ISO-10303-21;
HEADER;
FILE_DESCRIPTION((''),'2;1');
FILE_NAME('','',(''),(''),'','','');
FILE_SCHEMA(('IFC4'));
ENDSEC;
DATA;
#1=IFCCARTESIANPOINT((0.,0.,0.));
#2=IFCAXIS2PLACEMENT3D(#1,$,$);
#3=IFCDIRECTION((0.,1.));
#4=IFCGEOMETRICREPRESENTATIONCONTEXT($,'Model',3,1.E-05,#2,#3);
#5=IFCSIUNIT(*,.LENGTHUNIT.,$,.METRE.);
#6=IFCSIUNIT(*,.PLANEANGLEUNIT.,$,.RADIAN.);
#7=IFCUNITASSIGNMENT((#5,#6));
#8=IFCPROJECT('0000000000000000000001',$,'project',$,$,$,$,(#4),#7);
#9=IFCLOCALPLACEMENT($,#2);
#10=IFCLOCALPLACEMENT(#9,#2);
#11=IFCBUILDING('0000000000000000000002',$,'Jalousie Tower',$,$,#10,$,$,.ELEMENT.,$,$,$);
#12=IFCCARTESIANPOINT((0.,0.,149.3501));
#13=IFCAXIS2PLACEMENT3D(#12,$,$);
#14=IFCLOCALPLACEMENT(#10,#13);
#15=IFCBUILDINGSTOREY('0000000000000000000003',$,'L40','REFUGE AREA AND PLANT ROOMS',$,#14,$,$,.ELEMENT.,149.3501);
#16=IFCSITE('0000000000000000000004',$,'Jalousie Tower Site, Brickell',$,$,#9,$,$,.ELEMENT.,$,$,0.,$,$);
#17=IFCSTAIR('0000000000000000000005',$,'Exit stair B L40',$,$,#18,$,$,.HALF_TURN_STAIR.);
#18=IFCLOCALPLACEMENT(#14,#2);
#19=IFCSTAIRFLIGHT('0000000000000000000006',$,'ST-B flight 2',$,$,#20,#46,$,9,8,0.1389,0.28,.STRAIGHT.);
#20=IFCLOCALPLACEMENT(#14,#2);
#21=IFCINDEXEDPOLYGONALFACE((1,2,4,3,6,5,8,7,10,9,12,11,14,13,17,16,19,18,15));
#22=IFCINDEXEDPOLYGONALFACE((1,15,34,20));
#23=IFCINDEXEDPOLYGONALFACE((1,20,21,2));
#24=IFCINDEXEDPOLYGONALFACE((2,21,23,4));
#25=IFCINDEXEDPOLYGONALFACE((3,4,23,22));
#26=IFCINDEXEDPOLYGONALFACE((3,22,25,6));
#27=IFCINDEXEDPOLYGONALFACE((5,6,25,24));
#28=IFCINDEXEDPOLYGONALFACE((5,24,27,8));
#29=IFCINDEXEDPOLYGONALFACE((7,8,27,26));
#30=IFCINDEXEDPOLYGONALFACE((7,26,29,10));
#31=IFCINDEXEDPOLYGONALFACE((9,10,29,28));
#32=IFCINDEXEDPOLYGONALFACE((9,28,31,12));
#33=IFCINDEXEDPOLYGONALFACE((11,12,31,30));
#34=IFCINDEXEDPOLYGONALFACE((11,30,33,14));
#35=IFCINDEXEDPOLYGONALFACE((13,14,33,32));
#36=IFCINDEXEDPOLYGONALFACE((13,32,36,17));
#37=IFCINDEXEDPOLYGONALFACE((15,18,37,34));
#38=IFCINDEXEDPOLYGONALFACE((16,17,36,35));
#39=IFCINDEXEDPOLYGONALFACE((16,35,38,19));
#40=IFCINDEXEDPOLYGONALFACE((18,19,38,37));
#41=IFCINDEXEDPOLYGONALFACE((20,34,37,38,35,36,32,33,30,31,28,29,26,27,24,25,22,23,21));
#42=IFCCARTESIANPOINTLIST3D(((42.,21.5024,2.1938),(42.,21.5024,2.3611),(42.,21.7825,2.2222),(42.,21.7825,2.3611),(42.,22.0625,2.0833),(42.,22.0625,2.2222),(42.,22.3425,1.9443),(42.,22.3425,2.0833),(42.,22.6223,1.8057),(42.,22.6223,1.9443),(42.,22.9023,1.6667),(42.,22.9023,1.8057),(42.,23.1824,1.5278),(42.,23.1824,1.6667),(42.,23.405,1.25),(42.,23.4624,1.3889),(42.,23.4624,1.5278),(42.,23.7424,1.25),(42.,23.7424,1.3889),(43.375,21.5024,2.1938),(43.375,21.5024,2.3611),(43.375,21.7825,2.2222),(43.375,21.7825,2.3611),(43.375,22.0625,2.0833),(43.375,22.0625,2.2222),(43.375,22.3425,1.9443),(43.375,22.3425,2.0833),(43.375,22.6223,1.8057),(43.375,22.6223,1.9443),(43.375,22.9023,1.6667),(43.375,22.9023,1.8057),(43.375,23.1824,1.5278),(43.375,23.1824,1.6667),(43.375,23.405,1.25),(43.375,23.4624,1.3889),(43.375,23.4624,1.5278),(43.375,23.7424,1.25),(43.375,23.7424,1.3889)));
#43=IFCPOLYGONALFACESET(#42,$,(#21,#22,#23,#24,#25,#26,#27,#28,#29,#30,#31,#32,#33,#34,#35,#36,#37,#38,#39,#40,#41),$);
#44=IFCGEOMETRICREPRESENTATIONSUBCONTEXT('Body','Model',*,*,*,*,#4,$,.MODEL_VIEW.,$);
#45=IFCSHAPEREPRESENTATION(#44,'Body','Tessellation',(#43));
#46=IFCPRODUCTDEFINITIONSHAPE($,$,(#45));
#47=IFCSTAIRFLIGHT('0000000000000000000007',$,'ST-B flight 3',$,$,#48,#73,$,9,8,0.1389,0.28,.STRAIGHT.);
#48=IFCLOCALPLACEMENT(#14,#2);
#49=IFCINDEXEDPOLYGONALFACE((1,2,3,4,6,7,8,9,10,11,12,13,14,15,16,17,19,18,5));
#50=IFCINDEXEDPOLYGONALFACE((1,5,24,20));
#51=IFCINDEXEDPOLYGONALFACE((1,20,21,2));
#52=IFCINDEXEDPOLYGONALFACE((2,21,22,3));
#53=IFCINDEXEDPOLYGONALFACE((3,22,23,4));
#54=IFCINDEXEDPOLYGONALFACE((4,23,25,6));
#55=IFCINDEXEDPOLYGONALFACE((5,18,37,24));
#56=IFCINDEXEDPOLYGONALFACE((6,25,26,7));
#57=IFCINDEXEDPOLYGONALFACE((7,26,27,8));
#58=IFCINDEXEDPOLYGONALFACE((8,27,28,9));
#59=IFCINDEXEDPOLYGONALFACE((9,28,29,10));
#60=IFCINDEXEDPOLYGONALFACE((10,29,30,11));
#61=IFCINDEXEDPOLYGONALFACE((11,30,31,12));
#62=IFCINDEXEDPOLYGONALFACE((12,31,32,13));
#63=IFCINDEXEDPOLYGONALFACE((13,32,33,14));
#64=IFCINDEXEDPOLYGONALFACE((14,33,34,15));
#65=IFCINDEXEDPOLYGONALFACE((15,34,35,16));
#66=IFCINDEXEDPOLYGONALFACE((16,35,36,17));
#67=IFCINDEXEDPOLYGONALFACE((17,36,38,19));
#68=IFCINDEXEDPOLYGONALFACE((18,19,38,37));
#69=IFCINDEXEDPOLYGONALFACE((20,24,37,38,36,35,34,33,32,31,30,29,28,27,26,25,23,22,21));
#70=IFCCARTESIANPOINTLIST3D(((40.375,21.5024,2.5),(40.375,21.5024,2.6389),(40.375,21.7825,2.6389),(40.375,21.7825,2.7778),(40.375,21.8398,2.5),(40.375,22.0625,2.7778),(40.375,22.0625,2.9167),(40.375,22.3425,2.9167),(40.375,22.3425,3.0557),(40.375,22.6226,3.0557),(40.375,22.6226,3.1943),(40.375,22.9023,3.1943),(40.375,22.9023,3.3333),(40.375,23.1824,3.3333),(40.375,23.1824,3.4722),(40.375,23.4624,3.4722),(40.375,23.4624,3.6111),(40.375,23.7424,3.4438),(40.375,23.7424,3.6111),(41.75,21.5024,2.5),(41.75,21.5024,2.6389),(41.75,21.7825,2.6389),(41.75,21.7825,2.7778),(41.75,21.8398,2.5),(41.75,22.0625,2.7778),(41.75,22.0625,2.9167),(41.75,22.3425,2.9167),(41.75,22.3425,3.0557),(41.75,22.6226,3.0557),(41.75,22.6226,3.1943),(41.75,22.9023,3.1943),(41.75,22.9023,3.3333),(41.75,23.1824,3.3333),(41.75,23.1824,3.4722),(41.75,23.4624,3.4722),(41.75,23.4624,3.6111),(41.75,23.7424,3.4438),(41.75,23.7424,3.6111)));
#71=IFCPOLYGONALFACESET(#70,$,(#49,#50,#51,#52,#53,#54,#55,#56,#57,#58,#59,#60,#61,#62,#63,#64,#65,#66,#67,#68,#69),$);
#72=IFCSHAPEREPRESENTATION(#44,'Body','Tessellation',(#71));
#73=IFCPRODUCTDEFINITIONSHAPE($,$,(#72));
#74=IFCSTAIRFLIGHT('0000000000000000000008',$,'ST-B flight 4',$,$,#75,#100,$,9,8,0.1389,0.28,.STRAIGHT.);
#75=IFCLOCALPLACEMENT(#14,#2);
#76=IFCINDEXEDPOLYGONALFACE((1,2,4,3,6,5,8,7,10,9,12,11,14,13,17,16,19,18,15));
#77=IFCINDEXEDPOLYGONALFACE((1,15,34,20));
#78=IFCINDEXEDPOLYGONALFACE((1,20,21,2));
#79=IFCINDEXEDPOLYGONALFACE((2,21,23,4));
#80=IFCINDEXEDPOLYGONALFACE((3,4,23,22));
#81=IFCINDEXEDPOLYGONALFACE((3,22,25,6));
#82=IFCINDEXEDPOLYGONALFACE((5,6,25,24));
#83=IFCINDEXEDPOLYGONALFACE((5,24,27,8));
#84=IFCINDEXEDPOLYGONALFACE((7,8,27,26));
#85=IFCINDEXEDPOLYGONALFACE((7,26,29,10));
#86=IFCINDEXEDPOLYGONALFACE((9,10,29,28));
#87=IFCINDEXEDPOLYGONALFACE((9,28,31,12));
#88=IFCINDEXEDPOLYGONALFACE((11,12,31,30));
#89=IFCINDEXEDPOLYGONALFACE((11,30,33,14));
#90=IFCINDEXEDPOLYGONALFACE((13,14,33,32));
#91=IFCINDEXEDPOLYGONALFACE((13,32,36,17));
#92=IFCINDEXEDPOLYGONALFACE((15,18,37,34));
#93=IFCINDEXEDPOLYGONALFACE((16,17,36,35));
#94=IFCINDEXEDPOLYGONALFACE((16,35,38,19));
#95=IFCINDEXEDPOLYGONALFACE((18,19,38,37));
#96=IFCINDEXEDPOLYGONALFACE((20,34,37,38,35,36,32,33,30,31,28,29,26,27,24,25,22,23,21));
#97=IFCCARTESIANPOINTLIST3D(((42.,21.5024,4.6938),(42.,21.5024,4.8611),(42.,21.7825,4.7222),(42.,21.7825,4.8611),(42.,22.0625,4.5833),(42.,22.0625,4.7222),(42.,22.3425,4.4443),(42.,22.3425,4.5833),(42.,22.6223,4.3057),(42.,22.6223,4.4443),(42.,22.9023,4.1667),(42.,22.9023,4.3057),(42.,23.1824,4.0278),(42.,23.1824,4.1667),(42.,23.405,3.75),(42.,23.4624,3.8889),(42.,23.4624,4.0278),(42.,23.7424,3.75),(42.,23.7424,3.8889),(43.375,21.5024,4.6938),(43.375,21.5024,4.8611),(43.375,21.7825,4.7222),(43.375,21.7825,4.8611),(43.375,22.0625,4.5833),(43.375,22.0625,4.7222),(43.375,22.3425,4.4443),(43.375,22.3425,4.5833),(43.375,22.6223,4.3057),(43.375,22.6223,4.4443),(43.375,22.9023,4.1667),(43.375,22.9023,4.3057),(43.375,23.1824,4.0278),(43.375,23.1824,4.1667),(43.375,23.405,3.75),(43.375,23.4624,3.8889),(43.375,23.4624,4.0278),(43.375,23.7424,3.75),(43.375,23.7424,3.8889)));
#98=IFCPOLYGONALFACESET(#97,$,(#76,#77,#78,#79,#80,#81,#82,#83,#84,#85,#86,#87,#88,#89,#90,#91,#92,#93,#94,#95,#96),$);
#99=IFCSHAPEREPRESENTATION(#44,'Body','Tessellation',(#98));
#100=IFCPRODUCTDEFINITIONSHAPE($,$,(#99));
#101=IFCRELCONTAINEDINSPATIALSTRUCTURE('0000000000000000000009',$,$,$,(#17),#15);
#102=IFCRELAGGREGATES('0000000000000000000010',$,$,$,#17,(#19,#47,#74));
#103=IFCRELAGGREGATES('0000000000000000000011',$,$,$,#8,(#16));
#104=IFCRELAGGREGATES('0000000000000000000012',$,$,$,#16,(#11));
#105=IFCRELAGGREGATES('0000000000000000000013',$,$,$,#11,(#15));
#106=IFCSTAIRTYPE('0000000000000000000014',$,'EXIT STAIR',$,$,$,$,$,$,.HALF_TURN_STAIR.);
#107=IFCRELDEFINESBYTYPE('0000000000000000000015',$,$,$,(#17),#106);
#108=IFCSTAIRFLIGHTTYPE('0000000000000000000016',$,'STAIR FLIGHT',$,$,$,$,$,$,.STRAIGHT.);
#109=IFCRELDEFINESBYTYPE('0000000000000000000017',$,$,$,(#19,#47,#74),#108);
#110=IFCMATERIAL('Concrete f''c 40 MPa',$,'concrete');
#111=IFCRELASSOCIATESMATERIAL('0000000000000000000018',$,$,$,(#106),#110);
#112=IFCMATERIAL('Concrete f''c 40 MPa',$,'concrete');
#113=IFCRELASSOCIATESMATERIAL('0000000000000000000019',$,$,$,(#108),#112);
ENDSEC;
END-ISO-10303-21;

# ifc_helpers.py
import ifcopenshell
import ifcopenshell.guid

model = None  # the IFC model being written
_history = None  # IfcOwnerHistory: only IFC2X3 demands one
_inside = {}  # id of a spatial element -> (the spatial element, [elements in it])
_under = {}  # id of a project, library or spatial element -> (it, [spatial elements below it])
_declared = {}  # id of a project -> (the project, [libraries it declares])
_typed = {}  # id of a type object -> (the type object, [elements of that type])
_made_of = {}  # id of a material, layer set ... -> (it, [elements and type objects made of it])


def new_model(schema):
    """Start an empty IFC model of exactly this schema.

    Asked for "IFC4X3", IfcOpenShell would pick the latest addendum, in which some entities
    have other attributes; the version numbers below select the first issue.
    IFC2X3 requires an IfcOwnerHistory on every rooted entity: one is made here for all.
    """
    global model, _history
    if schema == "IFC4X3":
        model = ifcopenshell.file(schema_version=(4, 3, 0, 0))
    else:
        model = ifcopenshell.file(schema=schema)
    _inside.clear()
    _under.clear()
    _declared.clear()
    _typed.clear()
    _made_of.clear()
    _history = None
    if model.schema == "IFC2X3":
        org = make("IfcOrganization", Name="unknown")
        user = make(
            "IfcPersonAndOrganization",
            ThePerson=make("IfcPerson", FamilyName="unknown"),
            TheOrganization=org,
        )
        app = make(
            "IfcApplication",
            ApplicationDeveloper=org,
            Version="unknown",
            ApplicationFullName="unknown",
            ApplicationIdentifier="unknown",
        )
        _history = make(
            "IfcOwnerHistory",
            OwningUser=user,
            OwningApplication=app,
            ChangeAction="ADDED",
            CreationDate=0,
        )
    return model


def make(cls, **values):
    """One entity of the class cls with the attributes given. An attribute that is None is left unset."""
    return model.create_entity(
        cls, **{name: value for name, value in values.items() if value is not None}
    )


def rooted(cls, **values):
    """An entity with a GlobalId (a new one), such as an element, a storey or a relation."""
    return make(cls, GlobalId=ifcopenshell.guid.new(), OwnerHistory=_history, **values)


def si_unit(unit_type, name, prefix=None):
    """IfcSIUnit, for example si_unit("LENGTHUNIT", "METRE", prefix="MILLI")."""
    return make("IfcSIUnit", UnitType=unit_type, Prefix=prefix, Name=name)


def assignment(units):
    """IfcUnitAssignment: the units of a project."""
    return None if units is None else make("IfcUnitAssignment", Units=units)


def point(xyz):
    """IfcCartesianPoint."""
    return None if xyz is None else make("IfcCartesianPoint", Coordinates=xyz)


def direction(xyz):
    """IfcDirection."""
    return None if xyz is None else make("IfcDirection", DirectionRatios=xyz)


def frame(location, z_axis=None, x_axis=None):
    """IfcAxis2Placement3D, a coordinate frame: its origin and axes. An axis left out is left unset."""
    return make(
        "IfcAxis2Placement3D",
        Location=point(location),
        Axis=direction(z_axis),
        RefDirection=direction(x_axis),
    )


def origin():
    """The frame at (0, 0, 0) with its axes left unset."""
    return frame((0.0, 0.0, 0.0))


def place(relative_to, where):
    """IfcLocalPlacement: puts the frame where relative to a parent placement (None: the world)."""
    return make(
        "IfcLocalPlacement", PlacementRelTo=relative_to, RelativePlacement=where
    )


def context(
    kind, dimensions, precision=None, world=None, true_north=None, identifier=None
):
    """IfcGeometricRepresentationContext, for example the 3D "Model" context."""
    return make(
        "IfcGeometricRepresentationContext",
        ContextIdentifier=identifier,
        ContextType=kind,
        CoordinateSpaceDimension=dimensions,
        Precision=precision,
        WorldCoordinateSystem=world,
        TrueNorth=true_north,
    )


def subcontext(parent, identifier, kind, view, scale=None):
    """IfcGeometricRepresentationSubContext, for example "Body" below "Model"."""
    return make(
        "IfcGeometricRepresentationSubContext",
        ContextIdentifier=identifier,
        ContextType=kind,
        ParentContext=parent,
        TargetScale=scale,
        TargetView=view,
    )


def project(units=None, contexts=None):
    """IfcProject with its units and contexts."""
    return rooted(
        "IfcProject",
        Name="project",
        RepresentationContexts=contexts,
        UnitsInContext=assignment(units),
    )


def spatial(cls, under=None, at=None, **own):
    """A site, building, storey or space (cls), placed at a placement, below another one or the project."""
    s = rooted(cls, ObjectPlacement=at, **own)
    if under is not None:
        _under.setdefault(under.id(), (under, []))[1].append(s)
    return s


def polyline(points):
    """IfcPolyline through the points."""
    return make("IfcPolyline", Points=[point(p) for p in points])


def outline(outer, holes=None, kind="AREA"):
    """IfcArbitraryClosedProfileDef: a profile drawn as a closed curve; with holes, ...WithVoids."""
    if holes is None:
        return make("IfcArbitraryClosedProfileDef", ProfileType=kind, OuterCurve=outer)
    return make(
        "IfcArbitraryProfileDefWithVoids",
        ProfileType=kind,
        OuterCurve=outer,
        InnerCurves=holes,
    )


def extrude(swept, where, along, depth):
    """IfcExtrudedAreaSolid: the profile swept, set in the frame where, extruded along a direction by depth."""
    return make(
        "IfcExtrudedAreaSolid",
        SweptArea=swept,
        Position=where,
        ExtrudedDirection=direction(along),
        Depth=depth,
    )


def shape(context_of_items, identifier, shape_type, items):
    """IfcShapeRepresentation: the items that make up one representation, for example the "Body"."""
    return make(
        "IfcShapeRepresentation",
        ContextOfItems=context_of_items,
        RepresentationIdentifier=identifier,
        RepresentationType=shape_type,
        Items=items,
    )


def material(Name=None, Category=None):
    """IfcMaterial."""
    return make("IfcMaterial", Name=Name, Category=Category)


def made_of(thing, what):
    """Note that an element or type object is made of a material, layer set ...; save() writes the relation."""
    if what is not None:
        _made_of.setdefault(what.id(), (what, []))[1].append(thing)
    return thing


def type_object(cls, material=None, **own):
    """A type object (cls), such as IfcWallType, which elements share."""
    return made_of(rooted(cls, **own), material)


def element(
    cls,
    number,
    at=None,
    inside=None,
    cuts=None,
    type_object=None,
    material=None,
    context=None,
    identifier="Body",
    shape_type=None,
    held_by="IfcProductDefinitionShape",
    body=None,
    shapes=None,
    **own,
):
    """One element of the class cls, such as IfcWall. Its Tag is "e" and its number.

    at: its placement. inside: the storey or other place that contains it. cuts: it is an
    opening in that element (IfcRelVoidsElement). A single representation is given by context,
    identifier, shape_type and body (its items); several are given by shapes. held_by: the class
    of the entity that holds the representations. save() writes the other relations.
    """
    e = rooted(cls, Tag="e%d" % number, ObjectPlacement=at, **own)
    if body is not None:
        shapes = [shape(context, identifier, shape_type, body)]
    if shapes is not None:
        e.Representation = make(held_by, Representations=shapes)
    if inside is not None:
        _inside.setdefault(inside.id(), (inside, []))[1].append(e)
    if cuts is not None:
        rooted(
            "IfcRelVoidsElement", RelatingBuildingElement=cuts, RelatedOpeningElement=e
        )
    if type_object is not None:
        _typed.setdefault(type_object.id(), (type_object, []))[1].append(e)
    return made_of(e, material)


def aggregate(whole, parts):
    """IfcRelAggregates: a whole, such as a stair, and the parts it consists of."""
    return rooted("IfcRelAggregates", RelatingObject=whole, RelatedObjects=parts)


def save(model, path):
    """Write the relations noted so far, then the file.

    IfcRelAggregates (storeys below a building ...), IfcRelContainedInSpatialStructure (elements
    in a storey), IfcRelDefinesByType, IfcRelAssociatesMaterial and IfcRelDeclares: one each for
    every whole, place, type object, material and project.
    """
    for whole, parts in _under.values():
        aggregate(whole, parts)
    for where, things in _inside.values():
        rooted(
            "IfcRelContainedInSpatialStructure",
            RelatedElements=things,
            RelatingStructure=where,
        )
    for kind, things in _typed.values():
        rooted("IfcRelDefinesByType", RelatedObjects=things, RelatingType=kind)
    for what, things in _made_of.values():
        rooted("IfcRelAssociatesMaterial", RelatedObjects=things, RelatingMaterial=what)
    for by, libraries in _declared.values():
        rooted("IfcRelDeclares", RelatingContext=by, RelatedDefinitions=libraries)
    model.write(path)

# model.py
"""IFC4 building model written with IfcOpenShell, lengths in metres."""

from ifc_helpers import new_model, si_unit, direction, frame, origin, place, context, subcontext, project, spatial, polyline, outline, extrude, material, type_object, element, aggregate, save


model = new_model("IFC4")

# Units and contexts
model_context = context("Model", 3, precision=1e-05, world=origin(), true_north=direction((0.0, 1.0)))
body_context = subcontext(model_context, "Body", "Model", "MODEL_VIEW")
ifc_project = project(units=[si_unit("LENGTHUNIT", "METRE"), si_unit("PLANEANGLEUNIT", "RADIAN")], contexts=[model_context])

# Site, building, storey
site_placement = place(None, origin())
site = spatial("IfcSite", under=ifc_project, at=site_placement, Name="Jalousie Tower Site, Brickell", CompositionType="ELEMENT", RefElevation=0.0)
building_placement = place(site_placement, origin())
building = spatial("IfcBuilding", under=site, at=building_placement, Name="Jalousie Tower", CompositionType="ELEMENT")
storey_placement = place(building_placement, frame((0.0, 0.0, 149.3501)))
storey = spatial("IfcBuildingStorey", under=building, at=storey_placement, Name="L40", Description="REFUGE AREA AND PLANT ROOMS", CompositionType="ELEMENT", Elevation=149.3501)

# Stair, stair flights
ifc_material_1 = material(Name="Concrete f'c 40 MPa", Category="concrete")
stair_type = type_object("IfcStairType", Name="EXIT STAIR", PredefinedType="HALF_TURN_STAIR", material=ifc_material_1)
stair_placement = place(storey_placement, origin())
stair = element("IfcStair", 1, at=stair_placement, inside=storey, type_object=stair_type, Name="Exit stair B L40", PredefinedType="HALF_TURN_STAIR")
ifc_material_2 = material(Name="Concrete f'c 40 MPa", Category="concrete")
stair_flight_type = type_object("IfcStairFlightType", Name="STAIR FLIGHT", PredefinedType="STRAIGHT", material=ifc_material_2)
stair_flight_1_placement = place(storey_placement, frame((42.6875, 23.7424, 1.25), z_axis=(0.0, 0.0, 1.0), x_axis=(0.0, -1.0, 0.0)))
stair_flight_1 = element("IfcStairFlight", 2, at=stair_flight_1_placement, type_object=stair_flight_type, Name="ST-B flight 2", NumberOfRisers=9, NumberOfTreads=8, PredefinedType="STRAIGHT", RiserHeight=0.1389, TreadLength=0.28, context=body_context, shape_type="SweptSolid", body=[
    extrude(outline(polyline([(0.0, 0.0), (0.0, 0.1389), (0.28, 0.1389), (0.28, 0.2778), (0.5601, 0.2778), (0.5601, 0.4167), (0.8401, 0.4167), (0.8401, 0.5557), (1.1201, 0.5557), (1.1201, 0.6943), (1.3999, 0.6943), (1.3999, 0.8333), (1.6799, 0.8333), (1.6799, 0.9722), (1.96, 0.9722), (1.96, 1.1111), (2.24, 1.1111), (2.24, 1.25), (2.24, 0.9438), (0.3374, 0.0), (0.0, 0.0)])), frame((0.0, 0.6875, 0.0), z_axis=(0.0, -1.0, 0.0), x_axis=(1.0, 0.0, 0.0)), (0.0, 0.0, 1.0), 1.375),
])
stair_flight_2_placement = place(storey_placement, frame((41.0625, 21.5024, 2.5), z_axis=(0.0, 0.0, 1.0), x_axis=(0.0, 1.0, 0.0)))
stair_flight_2 = element("IfcStairFlight", 3, at=stair_flight_2_placement, type_object=stair_flight_type, Name="ST-B flight 3", NumberOfRisers=9, NumberOfTreads=8, PredefinedType="STRAIGHT", RiserHeight=0.1389, TreadLength=0.28, context=body_context, shape_type="SweptSolid", body=[
    extrude(outline(polyline([(0.0, 0.0), (0.0, 0.1389), (0.28, 0.1389), (0.28, 0.2778), (0.5601, 0.2778), (0.5601, 0.4167), (0.8401, 0.4167), (0.8401, 0.5557), (1.1201, 0.5557), (1.1201, 0.6943), (1.3999, 0.6943), (1.3999, 0.8333), (1.6799, 0.8333), (1.6799, 0.9722), (1.96, 0.9722), (1.96, 1.1111), (2.24, 1.1111), (2.24, 1.25), (2.24, 0.9438), (0.3374, 0.0), (0.0, 0.0)])), frame((0.0, 0.6875, 0.0), z_axis=(0.0, -1.0, 0.0), x_axis=(1.0, 0.0, 0.0)), (0.0, 0.0, 1.0), 1.375),
])
stair_flight_3_placement = place(storey_placement, frame((42.6875, 23.7424, 3.75), z_axis=(0.0, 0.0, 1.0), x_axis=(0.0, -1.0, 0.0)))
stair_flight_3 = element("IfcStairFlight", 4, at=stair_flight_3_placement, type_object=stair_flight_type, Name="ST-B flight 4", NumberOfRisers=9, NumberOfTreads=8, PredefinedType="STRAIGHT", RiserHeight=0.1389, TreadLength=0.28, context=body_context, shape_type="SweptSolid", body=[
    extrude(outline(polyline([(0.0, 0.0), (0.0, 0.1389), (0.28, 0.1389), (0.28, 0.2778), (0.5601, 0.2778), (0.5601, 0.4167), (0.8401, 0.4167), (0.8401, 0.5557), (1.1201, 0.5557), (1.1201, 0.6943), (1.3999, 0.6943), (1.3999, 0.8333), (1.6799, 0.8333), (1.6799, 0.9722), (1.96, 0.9722), (1.96, 1.1111), (2.24, 1.1111), (2.24, 1.25), (2.24, 0.9438), (0.3374, 0.0), (0.0, 0.0)])), frame((0.0, 0.6875, 0.0), z_axis=(0.0, -1.0, 0.0), x_axis=(1.0, 0.0, 0.0)), (0.0, 0.0, 1.0), 1.375),
])
aggregate(stair, [stair_flight_1, stair_flight_2, stair_flight_3])

save(model, "model.ifc")
